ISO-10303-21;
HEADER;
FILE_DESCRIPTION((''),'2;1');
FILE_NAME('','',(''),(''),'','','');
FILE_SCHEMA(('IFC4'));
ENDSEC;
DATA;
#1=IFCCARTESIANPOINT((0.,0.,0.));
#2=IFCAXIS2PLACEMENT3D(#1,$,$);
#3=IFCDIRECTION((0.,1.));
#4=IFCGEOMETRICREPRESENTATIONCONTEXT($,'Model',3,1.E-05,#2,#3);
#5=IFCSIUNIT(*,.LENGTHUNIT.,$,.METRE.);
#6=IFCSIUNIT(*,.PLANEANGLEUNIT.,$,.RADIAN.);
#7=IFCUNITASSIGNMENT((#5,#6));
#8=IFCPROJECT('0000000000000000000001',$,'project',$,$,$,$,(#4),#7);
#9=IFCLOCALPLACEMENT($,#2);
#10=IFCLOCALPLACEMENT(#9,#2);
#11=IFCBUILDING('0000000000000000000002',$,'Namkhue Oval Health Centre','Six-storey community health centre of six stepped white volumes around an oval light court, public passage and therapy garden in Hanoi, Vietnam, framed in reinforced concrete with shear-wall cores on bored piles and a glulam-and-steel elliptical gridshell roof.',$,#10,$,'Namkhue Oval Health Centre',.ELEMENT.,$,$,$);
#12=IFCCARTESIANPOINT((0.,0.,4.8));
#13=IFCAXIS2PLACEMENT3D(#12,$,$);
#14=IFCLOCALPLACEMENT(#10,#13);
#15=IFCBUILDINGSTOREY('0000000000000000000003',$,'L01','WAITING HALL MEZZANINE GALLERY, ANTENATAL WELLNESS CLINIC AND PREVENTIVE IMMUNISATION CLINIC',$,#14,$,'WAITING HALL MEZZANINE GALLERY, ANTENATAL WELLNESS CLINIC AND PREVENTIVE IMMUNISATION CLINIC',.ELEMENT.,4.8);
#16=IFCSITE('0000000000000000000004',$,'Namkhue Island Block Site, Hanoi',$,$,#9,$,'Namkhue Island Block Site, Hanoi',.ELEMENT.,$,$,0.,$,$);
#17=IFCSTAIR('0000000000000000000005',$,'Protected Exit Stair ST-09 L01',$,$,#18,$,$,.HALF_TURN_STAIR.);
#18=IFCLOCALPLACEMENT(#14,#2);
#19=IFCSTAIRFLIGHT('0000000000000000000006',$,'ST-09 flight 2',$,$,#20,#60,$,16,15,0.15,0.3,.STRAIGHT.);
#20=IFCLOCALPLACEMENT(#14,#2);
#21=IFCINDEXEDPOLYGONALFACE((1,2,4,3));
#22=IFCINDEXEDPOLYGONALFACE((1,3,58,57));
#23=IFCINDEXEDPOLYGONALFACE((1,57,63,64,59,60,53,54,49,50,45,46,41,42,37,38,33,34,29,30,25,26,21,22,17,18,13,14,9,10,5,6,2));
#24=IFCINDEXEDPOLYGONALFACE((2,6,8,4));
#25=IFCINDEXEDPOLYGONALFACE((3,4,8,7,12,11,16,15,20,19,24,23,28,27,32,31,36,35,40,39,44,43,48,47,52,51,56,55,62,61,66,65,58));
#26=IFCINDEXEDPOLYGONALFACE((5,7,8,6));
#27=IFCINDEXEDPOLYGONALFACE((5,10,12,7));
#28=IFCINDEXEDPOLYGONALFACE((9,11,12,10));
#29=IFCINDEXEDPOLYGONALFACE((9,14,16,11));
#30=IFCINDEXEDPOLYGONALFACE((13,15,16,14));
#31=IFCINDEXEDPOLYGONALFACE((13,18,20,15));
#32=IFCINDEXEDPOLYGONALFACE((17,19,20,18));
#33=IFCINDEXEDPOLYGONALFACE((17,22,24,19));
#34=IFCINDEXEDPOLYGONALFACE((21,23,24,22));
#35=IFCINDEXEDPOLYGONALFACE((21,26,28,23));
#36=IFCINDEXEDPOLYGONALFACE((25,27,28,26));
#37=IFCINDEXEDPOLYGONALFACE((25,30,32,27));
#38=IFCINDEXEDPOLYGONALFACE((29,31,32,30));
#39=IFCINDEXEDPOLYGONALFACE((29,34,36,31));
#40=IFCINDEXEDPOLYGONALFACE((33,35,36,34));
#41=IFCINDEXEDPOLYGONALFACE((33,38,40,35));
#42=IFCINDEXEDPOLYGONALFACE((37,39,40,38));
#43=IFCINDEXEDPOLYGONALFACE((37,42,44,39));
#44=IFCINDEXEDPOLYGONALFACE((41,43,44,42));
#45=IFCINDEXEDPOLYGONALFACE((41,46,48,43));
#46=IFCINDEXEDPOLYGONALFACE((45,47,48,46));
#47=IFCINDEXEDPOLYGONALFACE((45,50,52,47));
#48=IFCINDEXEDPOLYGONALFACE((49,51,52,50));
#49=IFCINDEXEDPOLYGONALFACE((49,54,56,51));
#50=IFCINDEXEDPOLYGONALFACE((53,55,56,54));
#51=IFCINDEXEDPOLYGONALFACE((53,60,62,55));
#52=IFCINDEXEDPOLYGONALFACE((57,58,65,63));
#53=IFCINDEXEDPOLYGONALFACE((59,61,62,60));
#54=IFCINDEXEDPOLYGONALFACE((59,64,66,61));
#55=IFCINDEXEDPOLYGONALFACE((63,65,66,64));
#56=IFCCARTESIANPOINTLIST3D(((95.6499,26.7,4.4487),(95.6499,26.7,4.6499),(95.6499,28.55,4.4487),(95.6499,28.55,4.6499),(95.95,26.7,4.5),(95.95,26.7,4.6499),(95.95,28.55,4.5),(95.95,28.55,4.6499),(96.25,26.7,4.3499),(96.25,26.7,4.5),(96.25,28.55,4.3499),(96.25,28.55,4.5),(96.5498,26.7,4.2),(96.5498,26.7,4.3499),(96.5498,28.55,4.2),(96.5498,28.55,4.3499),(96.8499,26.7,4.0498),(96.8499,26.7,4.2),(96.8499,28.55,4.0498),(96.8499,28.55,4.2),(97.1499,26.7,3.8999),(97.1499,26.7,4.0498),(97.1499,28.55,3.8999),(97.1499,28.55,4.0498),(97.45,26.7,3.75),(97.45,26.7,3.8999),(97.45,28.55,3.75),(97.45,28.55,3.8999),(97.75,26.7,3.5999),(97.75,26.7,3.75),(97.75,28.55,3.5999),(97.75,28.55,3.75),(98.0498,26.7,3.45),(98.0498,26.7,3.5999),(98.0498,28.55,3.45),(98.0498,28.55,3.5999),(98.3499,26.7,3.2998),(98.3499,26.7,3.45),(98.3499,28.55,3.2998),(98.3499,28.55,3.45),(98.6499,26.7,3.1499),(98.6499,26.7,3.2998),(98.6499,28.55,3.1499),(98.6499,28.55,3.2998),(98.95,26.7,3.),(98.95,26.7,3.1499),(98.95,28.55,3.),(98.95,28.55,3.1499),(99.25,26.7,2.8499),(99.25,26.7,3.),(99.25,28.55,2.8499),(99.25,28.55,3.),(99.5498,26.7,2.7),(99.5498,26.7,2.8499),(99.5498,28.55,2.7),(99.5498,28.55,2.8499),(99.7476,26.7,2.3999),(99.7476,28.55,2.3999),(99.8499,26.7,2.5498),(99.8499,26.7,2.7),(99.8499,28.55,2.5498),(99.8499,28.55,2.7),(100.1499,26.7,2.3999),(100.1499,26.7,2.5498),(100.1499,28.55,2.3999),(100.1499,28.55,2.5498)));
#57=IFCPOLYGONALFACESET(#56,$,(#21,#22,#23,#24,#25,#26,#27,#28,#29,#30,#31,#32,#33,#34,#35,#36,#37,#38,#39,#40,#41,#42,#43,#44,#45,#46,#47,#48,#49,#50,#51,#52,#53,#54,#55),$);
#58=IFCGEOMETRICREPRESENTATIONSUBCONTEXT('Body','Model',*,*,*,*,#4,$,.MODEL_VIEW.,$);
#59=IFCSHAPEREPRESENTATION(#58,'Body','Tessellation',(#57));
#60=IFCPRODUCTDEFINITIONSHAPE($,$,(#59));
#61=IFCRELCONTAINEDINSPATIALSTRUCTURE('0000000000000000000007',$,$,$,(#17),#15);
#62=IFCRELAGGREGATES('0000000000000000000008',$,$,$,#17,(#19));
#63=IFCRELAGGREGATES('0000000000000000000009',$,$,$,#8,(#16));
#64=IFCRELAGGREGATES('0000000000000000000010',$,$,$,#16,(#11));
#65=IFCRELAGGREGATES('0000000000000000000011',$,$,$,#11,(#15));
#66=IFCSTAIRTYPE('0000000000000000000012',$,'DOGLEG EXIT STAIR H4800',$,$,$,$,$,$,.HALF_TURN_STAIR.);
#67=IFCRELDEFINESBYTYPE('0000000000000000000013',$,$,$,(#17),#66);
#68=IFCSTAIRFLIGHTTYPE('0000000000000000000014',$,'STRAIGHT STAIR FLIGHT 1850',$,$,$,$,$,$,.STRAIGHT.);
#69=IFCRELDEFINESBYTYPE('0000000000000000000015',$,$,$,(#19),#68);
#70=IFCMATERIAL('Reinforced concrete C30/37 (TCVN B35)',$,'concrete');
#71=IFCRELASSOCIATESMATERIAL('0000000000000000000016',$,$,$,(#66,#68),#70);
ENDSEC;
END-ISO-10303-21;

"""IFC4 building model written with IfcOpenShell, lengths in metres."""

from ifc_helpers import new_model, si_unit, direction, frame, origin, place, context, subcontext, project, spatial, polyline, outline, extrude, material, type_object, element, aggregate, save


model = new_model("IFC4")

# Units and contexts
model_context = context("Model", 3, precision=1e-05, world=origin(), true_north=direction((0.0, 1.0)))
body_context = subcontext(model_context, "Body", "Model", "MODEL_VIEW")
ifc_project = project(units=[si_unit("LENGTHUNIT", "METRE"), si_unit("PLANEANGLEUNIT", "RADIAN")], contexts=[model_context])

# Site, building, storey
site_placement = place(None, origin())
site = spatial("IfcSite", under=ifc_project, at=site_placement, Name="Namkhue Island Block Site, Hanoi", LongName="Namkhue Island Block Site, Hanoi", CompositionType="ELEMENT", RefElevation=0.0)
building_placement = place(site_placement, origin())
building = spatial("IfcBuilding", under=site, at=building_placement, Name="Namkhue Oval Health Centre", Description="Six-storey community health centre of six stepped white volumes around an oval light court, public passage and therapy garden in Hanoi, Vietnam, framed in reinforced concrete with shear-wall cores on bored piles and a glulam-and-steel elliptical gridshell roof.", LongName="Namkhue Oval Health Centre", CompositionType="ELEMENT")
storey_placement = place(building_placement, frame((0.0, 0.0, 4.8)))
storey = spatial("IfcBuildingStorey", under=building, at=storey_placement, Name="L01", Description="WAITING HALL MEZZANINE GALLERY, ANTENATAL WELLNESS CLINIC AND PREVENTIVE IMMUNISATION CLINIC", LongName="WAITING HALL MEZZANINE GALLERY, ANTENATAL WELLNESS CLINIC AND PREVENTIVE IMMUNISATION CLINIC", CompositionType="ELEMENT", Elevation=4.8)

# Stair, stair flight
ifc_material_1 = material(Name="Reinforced concrete C30/37 (TCVN B35)", Category="concrete")
stair_type = type_object("IfcStairType", Name="DOGLEG EXIT STAIR H4800", PredefinedType="HALF_TURN_STAIR", material=ifc_material_1)
stair_placement = place(storey_placement, origin())
stair = element("IfcStair", 1, at=stair_placement, inside=storey, type_object=stair_type, Name="Protected Exit Stair ST-09 L01", PredefinedType="HALF_TURN_STAIR")
stair_flight_type = type_object("IfcStairFlightType", Name="STRAIGHT STAIR FLIGHT 1850", PredefinedType="STRAIGHT", material=ifc_material_1)
stair_flight_placement = place(storey_placement, frame((100.1499, 27.625, 2.3999), z_axis=(0.0, 0.0, 1.0), x_axis=(-1.0, 0.0, 0.0)))
stair_flight = element("IfcStairFlight", 2, at=stair_flight_placement, type_object=stair_flight_type, Name="ST-09 flight 2", NumberOfRisers=16, NumberOfTreads=15, PredefinedType="STRAIGHT", RiserHeight=0.15, TreadLength=0.3, context=body_context, shape_type="SweptSolid", body=[
    extrude(outline(polyline([(0.0, 0.0), (0.0, 0.1499), (0.3, 0.1499), (0.3, 0.3), (0.6001, 0.3), (0.6001, 0.45), (0.8999, 0.45), (0.8999, 0.6001), (1.2, 0.6001), (1.2, 0.75), (1.5, 0.75), (1.5, 0.8999), (1.8, 0.8999), (1.8, 1.05), (2.1001, 1.05), (2.1001, 1.2), (2.3999, 1.2), (2.3999, 1.3501), (2.7, 1.3501), (2.7, 1.5), (3.0, 1.5), (3.0, 1.6499), (3.3, 1.6499), (3.3, 1.8), (3.6001, 1.8), (3.6001, 1.95), (3.8999, 1.95), (3.8999, 2.1001), (4.2, 2.1001), (4.2, 2.25), (4.5, 2.25), (4.5, 2.3999), (4.5, 2.0488), (0.4023, 0.0), (0.0, 0.0)])), frame((0.0, 0.925, 0.0), z_axis=(0.0, -1.0, 0.0), x_axis=(1.0, 0.0, 0.0)), (0.0, 0.0, 1.0), 1.8501),
])
aggregate(stair, [stair_flight])

save(model, "model.ifc")
